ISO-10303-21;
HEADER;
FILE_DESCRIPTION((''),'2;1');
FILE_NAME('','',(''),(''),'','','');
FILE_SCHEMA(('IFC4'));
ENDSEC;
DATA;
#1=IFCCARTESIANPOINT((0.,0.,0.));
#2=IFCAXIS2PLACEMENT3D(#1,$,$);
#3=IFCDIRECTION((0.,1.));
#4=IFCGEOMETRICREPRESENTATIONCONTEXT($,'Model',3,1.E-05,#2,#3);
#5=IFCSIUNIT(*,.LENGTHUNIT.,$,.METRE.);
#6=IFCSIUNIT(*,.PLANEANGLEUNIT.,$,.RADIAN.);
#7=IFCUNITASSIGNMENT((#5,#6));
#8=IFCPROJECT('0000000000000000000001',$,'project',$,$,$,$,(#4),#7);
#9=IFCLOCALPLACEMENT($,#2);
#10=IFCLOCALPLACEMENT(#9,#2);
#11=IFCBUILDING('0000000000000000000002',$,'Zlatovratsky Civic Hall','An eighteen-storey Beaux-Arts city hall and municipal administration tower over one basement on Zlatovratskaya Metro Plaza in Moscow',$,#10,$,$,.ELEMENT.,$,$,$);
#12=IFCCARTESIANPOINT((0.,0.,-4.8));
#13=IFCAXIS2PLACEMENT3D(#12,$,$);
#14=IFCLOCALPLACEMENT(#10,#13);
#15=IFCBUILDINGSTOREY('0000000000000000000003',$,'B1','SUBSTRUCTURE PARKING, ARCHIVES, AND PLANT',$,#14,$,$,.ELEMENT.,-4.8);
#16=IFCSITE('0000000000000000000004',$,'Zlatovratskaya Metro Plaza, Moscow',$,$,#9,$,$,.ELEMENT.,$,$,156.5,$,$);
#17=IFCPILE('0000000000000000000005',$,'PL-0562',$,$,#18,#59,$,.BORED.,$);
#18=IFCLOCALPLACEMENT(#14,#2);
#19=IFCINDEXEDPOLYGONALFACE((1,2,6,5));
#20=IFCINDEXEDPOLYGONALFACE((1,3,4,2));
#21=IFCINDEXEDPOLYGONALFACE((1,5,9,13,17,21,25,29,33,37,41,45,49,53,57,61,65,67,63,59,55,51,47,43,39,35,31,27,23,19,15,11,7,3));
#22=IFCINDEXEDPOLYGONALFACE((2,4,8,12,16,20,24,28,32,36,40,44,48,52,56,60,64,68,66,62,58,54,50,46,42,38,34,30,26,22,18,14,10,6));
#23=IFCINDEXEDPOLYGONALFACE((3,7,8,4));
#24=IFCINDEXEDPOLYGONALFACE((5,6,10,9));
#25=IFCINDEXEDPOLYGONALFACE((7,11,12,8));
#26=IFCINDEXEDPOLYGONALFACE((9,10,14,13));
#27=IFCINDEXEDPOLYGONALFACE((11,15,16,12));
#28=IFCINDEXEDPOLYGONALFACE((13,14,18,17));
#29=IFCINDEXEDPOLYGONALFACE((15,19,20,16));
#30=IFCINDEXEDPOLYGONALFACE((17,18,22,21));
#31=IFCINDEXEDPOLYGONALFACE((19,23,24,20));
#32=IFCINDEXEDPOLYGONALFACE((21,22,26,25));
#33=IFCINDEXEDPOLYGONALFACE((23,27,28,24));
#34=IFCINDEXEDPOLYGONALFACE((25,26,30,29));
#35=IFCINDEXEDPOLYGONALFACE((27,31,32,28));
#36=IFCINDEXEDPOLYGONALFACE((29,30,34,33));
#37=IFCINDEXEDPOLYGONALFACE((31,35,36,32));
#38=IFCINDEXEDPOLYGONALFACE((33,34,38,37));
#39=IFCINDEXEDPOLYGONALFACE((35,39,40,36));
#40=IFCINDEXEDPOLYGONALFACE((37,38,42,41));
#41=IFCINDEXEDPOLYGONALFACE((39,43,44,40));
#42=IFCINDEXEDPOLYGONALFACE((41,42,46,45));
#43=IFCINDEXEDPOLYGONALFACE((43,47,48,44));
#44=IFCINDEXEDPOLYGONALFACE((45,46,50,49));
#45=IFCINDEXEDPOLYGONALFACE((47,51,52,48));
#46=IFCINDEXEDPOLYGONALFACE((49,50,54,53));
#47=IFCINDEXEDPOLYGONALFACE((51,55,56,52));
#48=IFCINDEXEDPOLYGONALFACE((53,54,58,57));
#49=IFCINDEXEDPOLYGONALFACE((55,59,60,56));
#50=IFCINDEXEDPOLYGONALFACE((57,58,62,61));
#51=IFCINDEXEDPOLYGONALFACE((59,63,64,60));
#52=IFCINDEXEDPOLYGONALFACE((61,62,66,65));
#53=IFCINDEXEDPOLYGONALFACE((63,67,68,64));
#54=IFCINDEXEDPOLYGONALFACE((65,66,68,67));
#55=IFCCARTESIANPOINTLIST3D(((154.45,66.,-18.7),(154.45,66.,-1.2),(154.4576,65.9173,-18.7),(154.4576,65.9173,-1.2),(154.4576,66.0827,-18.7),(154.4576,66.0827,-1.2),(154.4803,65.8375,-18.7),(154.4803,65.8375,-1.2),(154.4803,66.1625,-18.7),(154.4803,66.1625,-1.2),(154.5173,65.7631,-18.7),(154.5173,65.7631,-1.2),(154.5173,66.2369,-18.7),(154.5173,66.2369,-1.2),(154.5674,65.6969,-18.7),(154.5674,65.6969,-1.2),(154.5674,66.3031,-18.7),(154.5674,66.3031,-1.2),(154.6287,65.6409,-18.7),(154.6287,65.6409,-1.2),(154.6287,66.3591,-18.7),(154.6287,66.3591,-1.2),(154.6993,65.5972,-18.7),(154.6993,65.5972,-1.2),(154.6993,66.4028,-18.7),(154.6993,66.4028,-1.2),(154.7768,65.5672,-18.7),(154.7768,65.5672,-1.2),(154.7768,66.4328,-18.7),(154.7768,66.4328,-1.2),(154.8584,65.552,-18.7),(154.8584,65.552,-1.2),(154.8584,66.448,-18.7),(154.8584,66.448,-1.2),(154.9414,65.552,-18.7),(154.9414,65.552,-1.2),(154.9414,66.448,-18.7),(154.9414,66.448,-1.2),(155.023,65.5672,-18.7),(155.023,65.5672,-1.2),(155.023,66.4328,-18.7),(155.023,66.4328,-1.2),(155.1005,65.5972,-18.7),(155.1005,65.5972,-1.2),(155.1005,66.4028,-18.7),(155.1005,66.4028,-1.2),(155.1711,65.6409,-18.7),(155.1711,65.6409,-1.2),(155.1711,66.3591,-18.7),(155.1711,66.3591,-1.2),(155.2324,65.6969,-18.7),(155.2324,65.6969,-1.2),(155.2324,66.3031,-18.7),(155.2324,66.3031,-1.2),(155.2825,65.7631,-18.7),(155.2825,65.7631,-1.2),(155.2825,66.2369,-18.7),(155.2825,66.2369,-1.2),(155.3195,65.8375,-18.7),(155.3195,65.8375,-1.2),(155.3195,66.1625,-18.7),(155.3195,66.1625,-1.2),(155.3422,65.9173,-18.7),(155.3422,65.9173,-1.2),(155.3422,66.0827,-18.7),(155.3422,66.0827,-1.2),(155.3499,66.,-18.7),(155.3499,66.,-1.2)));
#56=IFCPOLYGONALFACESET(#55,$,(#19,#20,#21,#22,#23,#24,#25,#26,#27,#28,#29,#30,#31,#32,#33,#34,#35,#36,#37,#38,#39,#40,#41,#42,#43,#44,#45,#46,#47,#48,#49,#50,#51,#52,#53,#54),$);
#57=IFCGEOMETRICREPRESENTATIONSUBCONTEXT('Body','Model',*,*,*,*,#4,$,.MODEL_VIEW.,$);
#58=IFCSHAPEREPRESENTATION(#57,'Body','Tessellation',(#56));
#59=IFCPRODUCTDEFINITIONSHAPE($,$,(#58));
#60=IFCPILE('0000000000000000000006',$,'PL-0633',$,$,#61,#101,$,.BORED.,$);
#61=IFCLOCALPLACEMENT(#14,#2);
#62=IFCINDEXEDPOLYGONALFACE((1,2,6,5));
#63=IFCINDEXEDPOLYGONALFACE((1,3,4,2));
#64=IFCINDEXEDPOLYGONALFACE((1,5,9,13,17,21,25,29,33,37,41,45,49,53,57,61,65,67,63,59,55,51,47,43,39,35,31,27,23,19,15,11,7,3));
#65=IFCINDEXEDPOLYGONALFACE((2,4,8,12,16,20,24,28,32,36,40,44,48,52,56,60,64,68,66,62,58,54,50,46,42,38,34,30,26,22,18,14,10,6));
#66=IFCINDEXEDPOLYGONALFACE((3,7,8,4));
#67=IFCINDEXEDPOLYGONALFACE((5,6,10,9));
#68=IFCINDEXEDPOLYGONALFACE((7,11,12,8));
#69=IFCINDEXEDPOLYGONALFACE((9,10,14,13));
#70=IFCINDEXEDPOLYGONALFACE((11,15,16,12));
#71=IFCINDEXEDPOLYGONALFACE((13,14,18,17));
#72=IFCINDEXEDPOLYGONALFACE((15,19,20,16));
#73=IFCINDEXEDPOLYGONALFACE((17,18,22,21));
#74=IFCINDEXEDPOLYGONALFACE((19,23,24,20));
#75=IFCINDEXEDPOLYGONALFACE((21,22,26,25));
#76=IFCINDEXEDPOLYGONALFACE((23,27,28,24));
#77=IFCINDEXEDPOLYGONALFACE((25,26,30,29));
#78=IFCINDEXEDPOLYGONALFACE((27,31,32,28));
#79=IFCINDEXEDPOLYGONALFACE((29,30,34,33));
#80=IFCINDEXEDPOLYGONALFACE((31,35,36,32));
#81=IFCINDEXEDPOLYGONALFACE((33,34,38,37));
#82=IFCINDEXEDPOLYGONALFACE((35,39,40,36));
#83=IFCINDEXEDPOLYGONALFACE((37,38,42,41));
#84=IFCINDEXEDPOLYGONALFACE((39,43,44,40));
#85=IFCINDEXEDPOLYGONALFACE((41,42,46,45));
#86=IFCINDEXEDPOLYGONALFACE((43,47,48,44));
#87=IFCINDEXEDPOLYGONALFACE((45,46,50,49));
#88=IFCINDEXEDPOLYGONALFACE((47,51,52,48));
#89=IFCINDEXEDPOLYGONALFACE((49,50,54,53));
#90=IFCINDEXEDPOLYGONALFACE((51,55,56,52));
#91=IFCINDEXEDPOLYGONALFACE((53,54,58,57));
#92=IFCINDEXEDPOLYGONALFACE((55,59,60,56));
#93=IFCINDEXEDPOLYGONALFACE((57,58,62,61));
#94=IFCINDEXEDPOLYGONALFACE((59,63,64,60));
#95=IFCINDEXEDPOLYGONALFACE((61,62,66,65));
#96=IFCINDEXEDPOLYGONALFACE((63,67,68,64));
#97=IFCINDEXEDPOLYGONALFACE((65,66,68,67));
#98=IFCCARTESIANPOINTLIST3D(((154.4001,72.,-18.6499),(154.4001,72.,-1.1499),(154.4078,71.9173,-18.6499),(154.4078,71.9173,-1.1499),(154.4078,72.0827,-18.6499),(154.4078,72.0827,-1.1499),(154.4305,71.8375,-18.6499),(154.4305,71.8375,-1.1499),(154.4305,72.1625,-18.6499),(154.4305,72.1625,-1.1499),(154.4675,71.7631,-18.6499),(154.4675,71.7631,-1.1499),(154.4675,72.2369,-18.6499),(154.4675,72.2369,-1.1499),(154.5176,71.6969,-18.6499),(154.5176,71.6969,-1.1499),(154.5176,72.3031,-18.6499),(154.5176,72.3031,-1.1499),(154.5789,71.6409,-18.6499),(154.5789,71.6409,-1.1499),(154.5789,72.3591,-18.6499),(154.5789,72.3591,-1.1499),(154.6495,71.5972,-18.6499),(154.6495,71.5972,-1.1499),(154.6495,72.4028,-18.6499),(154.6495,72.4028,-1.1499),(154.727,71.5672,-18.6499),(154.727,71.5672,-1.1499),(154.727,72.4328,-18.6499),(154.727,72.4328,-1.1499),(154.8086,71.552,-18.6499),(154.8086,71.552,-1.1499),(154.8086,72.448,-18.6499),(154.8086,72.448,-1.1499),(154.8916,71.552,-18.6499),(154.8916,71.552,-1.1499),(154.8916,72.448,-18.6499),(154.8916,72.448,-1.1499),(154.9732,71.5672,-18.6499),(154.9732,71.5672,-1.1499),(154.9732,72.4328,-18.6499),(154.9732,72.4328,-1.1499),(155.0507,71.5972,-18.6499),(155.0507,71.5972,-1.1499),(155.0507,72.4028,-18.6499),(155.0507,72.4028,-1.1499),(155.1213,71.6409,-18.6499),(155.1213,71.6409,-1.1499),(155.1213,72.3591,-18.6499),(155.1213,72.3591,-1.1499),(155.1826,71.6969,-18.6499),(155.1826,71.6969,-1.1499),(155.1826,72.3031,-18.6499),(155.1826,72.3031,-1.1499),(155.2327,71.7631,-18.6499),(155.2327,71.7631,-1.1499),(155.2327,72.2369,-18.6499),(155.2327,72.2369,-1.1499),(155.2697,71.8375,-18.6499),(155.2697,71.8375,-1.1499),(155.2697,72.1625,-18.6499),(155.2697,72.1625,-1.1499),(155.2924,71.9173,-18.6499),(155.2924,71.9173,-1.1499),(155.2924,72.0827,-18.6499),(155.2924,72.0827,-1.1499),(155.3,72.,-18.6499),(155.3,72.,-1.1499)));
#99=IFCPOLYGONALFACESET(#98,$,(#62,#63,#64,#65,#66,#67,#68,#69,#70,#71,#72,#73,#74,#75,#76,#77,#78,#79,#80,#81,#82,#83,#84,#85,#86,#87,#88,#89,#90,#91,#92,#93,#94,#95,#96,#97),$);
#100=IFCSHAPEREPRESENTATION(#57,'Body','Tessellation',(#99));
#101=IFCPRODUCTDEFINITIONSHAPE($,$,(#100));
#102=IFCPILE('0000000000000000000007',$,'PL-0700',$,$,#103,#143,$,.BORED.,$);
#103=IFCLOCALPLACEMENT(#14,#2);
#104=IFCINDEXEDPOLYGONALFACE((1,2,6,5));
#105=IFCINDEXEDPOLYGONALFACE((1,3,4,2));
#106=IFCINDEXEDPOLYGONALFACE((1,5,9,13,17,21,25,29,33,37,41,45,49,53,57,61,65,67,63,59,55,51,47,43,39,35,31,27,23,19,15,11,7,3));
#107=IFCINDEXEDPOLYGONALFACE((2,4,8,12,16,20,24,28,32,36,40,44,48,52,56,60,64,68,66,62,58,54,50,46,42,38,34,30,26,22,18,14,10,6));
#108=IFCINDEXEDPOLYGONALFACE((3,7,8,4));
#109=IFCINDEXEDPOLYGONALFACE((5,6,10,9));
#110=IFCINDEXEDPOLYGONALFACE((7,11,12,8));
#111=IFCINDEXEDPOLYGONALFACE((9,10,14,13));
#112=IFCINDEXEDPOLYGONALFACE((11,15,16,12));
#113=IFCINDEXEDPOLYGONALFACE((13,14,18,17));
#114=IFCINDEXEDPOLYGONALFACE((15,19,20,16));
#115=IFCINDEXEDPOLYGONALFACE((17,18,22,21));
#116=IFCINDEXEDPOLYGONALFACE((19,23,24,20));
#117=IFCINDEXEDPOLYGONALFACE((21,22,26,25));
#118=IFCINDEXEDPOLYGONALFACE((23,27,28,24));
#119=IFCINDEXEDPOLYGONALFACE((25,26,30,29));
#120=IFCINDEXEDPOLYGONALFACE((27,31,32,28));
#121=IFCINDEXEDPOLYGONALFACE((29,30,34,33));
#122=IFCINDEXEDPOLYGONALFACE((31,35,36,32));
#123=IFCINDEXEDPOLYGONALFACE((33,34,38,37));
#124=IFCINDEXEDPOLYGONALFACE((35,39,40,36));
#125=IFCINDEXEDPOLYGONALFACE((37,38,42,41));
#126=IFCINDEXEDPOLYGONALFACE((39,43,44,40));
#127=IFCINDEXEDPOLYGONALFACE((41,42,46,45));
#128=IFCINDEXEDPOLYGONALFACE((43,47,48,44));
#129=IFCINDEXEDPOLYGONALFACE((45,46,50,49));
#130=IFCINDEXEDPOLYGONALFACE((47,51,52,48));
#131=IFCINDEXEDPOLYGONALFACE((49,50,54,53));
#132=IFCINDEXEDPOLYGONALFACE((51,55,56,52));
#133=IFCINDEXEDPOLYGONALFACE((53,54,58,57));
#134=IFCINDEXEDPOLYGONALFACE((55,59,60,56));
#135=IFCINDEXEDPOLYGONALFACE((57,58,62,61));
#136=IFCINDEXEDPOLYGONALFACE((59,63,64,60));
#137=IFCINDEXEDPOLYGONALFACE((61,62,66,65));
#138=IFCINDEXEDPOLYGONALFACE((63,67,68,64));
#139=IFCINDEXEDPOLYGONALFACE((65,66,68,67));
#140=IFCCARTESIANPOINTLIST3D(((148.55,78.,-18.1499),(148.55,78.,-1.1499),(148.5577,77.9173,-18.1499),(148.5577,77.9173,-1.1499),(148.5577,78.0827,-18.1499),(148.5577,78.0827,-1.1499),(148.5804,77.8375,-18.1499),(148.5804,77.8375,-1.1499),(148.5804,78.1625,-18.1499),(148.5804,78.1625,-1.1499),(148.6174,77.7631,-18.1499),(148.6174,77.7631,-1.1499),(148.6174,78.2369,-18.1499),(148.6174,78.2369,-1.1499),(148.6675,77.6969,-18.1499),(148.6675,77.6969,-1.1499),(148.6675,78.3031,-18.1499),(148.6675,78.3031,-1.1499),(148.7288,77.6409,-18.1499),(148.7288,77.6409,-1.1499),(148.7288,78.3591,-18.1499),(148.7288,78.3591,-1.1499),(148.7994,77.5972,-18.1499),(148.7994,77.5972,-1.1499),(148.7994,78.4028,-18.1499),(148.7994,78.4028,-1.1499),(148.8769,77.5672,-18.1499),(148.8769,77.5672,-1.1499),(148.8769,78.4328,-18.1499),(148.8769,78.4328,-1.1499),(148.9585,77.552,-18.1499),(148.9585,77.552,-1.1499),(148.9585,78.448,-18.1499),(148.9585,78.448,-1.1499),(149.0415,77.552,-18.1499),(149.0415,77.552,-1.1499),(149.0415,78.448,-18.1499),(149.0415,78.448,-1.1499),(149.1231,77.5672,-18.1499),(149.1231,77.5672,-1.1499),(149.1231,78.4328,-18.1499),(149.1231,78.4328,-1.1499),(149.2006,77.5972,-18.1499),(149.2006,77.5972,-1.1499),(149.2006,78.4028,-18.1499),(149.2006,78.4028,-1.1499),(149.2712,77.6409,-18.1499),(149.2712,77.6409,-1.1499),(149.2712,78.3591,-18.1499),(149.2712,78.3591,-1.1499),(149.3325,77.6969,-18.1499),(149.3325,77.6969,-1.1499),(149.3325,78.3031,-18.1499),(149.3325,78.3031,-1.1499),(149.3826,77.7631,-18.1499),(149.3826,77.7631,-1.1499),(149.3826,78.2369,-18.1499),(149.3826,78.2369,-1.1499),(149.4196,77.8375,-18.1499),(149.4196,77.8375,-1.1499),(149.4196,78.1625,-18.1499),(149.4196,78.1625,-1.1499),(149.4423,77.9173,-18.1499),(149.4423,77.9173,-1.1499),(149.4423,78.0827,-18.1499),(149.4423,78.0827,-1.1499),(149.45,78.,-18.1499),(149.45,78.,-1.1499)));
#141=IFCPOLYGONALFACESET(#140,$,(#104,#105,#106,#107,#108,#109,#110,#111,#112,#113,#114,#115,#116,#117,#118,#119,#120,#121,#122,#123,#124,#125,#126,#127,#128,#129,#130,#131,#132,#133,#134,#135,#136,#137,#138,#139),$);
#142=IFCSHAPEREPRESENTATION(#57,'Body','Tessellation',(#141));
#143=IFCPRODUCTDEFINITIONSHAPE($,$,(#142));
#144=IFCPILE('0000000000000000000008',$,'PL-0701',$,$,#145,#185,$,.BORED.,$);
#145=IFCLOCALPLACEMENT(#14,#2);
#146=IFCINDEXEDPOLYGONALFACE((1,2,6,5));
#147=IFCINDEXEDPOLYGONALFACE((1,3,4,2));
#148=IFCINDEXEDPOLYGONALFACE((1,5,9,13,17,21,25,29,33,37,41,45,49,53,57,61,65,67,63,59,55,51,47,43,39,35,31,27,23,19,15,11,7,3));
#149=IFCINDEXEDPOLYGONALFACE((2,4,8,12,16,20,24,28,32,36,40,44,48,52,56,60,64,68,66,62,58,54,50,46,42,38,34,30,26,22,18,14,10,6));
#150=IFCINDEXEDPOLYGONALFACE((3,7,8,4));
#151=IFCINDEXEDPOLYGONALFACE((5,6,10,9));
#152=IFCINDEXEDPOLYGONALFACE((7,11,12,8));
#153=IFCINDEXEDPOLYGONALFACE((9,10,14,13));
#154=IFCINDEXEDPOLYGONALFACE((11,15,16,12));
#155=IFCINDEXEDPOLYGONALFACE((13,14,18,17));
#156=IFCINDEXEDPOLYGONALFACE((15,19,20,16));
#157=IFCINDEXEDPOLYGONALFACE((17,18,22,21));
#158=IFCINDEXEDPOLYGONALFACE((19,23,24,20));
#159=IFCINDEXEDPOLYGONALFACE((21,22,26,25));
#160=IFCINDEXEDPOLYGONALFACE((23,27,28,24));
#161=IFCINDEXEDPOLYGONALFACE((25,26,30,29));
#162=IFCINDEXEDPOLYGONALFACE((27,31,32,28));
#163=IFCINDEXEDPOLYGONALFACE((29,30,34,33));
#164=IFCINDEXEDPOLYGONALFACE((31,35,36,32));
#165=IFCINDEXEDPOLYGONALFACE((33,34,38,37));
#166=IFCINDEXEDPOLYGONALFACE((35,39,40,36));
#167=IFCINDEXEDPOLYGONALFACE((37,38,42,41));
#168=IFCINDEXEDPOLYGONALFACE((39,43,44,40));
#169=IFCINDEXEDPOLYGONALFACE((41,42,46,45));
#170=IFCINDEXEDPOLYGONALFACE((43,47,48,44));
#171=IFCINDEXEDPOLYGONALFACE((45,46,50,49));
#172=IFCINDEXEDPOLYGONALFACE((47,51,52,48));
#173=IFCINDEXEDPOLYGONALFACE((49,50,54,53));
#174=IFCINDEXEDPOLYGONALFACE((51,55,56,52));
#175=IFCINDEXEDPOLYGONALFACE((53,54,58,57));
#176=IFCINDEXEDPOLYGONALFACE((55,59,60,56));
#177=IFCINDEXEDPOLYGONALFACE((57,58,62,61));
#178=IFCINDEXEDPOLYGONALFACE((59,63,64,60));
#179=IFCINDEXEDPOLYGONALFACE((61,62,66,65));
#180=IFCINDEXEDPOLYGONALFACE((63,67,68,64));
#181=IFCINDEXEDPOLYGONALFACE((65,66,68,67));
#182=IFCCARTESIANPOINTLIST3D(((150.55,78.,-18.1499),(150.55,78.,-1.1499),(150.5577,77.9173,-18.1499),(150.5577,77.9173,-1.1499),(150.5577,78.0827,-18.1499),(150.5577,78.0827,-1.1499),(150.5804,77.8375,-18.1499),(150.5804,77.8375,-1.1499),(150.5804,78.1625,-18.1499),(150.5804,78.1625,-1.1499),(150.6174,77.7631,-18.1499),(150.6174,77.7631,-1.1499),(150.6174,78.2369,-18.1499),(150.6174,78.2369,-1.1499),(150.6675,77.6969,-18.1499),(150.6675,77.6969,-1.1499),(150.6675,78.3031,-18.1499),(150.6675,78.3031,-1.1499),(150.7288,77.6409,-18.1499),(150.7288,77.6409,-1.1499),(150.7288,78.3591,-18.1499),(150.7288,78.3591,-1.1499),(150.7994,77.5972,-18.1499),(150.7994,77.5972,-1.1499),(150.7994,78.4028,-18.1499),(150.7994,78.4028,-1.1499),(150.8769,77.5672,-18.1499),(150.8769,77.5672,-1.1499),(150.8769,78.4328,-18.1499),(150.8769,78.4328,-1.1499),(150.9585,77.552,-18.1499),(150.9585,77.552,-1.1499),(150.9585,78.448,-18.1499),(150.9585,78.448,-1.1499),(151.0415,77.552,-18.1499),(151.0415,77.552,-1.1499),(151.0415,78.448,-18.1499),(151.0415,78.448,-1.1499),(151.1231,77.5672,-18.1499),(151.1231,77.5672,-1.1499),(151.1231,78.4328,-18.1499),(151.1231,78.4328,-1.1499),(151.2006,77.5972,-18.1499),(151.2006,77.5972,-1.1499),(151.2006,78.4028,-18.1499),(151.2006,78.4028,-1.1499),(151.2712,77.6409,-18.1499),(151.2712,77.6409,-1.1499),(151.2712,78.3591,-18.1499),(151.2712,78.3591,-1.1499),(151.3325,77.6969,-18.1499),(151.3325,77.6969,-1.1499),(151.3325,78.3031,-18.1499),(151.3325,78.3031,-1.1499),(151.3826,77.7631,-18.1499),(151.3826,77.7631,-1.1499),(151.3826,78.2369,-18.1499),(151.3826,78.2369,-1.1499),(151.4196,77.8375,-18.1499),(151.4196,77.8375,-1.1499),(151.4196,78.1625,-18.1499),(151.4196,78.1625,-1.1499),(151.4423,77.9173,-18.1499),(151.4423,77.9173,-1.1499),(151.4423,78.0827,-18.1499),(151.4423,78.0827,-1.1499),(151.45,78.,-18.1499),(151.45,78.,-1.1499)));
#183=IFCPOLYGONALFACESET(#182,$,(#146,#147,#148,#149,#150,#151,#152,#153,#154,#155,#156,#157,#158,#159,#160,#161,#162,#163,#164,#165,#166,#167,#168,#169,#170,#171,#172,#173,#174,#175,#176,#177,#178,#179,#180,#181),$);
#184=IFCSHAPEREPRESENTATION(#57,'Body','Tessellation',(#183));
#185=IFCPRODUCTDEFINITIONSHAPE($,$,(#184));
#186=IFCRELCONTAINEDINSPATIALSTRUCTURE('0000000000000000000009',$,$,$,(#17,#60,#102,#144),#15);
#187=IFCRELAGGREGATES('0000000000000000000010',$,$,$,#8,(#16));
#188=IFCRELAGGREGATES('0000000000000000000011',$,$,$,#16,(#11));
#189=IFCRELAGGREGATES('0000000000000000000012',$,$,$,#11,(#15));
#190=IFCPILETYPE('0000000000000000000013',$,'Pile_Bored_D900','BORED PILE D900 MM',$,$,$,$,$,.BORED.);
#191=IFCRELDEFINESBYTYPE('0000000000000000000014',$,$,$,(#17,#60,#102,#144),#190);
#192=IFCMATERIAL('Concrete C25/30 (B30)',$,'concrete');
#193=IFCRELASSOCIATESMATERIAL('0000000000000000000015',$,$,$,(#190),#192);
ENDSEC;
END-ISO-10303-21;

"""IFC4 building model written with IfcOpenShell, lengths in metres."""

from ifc_helpers import new_model, si_unit, direction, frame, origin, origin_2d, place, context, subcontext, project, spatial, circle, extrude, material, material_profile, profile_set, type_object, element, save


model = new_model("IFC4")

# Units and contexts
model_context = context("Model", 3, precision=1e-05, world=origin(), true_north=direction((0.0, 1.0)))
body_context = subcontext(model_context, "Body", "Model", "MODEL_VIEW")
ifc_project = project(units=[si_unit("LENGTHUNIT", "METRE"), si_unit("PLANEANGLEUNIT", "RADIAN")], contexts=[model_context])

# Site, building, storey
site_placement = place(None, origin())
site = spatial("IfcSite", under=ifc_project, at=site_placement, Name="Zlatovratskaya Metro Plaza, Moscow", CompositionType="ELEMENT", RefElevation=156.5)
building_placement = place(site_placement, origin())
building = spatial("IfcBuilding", under=site, at=building_placement, Name="Zlatovratsky Civic Hall", Description="An eighteen-storey Beaux-Arts city hall and municipal administration tower over one basement on Zlatovratskaya Metro Plaza in Moscow", CompositionType="ELEMENT")
storey_placement = place(building_placement, frame((0.0, 0.0, -4.8)))
storey = spatial("IfcBuildingStorey", under=building, at=storey_placement, Name="B1", Description="SUBSTRUCTURE PARKING, ARCHIVES, AND PLANT", CompositionType="ELEMENT", Elevation=-4.8)

# Shared definitions
ifc_material_1 = material(Name="Concrete C25/30 (B30)", Category="concrete")

# Piles
ifc_material_profile_1 = material_profile(ifc_material_1, circle(Radius=0.45, at=origin_2d()), Name="PILE D900")
ifc_profile_set_1 = profile_set([ifc_material_profile_1], Name="Concrete C25/30 (B30)")
pile_type_1 = type_object("IfcPileType", Name="Pile_Bored_D900", Description="BORED PILE D900 MM", PredefinedType="BORED", material=ifc_profile_set_1)
for number, where, z_axis, x_axis, name in (
    (1, (154.8999, 66.0, -1.2), (0.0, 0.0, -1.0), (1.0, 0.0, 0.0), "PL-0562"),
    (2, (154.8501, 72.0, -1.1499), (0.0, 0.0, -1.0), (1.0, 0.0, 0.0), "PL-0633"),
):
    element("IfcPile", number, at=place(storey_placement, frame(where, z_axis=z_axis, x_axis=x_axis)), inside=storey, type_object=pile_type_1, Name=name, PredefinedType="BORED", context=body_context, shape_type="SweptSolid", body=[
        extrude(circle(Radius=0.45, at=origin_2d()), origin(), (0.0, 0.0, 1.0), 17.5),
    ])
for number, where, z_axis, x_axis, name in (
    (3, (149.0, 78.0, -1.1499), (0.0, 0.0, -1.0), (1.0, 0.0, 0.0), "PL-0700"),
    (4, (151.0, 78.0, -1.1499), (0.0, 0.0, -1.0), (1.0, 0.0, 0.0), "PL-0701"),
):
    element("IfcPile", number, at=place(storey_placement, frame(where, z_axis=z_axis, x_axis=x_axis)), inside=storey, type_object=pile_type_1, Name=name, PredefinedType="BORED", context=body_context, shape_type="SweptSolid", body=[
        extrude(circle(Radius=0.45, at=origin_2d()), origin(), (0.0, 0.0, 1.0), 17.0),
    ])

save(model, "model.ifc")
